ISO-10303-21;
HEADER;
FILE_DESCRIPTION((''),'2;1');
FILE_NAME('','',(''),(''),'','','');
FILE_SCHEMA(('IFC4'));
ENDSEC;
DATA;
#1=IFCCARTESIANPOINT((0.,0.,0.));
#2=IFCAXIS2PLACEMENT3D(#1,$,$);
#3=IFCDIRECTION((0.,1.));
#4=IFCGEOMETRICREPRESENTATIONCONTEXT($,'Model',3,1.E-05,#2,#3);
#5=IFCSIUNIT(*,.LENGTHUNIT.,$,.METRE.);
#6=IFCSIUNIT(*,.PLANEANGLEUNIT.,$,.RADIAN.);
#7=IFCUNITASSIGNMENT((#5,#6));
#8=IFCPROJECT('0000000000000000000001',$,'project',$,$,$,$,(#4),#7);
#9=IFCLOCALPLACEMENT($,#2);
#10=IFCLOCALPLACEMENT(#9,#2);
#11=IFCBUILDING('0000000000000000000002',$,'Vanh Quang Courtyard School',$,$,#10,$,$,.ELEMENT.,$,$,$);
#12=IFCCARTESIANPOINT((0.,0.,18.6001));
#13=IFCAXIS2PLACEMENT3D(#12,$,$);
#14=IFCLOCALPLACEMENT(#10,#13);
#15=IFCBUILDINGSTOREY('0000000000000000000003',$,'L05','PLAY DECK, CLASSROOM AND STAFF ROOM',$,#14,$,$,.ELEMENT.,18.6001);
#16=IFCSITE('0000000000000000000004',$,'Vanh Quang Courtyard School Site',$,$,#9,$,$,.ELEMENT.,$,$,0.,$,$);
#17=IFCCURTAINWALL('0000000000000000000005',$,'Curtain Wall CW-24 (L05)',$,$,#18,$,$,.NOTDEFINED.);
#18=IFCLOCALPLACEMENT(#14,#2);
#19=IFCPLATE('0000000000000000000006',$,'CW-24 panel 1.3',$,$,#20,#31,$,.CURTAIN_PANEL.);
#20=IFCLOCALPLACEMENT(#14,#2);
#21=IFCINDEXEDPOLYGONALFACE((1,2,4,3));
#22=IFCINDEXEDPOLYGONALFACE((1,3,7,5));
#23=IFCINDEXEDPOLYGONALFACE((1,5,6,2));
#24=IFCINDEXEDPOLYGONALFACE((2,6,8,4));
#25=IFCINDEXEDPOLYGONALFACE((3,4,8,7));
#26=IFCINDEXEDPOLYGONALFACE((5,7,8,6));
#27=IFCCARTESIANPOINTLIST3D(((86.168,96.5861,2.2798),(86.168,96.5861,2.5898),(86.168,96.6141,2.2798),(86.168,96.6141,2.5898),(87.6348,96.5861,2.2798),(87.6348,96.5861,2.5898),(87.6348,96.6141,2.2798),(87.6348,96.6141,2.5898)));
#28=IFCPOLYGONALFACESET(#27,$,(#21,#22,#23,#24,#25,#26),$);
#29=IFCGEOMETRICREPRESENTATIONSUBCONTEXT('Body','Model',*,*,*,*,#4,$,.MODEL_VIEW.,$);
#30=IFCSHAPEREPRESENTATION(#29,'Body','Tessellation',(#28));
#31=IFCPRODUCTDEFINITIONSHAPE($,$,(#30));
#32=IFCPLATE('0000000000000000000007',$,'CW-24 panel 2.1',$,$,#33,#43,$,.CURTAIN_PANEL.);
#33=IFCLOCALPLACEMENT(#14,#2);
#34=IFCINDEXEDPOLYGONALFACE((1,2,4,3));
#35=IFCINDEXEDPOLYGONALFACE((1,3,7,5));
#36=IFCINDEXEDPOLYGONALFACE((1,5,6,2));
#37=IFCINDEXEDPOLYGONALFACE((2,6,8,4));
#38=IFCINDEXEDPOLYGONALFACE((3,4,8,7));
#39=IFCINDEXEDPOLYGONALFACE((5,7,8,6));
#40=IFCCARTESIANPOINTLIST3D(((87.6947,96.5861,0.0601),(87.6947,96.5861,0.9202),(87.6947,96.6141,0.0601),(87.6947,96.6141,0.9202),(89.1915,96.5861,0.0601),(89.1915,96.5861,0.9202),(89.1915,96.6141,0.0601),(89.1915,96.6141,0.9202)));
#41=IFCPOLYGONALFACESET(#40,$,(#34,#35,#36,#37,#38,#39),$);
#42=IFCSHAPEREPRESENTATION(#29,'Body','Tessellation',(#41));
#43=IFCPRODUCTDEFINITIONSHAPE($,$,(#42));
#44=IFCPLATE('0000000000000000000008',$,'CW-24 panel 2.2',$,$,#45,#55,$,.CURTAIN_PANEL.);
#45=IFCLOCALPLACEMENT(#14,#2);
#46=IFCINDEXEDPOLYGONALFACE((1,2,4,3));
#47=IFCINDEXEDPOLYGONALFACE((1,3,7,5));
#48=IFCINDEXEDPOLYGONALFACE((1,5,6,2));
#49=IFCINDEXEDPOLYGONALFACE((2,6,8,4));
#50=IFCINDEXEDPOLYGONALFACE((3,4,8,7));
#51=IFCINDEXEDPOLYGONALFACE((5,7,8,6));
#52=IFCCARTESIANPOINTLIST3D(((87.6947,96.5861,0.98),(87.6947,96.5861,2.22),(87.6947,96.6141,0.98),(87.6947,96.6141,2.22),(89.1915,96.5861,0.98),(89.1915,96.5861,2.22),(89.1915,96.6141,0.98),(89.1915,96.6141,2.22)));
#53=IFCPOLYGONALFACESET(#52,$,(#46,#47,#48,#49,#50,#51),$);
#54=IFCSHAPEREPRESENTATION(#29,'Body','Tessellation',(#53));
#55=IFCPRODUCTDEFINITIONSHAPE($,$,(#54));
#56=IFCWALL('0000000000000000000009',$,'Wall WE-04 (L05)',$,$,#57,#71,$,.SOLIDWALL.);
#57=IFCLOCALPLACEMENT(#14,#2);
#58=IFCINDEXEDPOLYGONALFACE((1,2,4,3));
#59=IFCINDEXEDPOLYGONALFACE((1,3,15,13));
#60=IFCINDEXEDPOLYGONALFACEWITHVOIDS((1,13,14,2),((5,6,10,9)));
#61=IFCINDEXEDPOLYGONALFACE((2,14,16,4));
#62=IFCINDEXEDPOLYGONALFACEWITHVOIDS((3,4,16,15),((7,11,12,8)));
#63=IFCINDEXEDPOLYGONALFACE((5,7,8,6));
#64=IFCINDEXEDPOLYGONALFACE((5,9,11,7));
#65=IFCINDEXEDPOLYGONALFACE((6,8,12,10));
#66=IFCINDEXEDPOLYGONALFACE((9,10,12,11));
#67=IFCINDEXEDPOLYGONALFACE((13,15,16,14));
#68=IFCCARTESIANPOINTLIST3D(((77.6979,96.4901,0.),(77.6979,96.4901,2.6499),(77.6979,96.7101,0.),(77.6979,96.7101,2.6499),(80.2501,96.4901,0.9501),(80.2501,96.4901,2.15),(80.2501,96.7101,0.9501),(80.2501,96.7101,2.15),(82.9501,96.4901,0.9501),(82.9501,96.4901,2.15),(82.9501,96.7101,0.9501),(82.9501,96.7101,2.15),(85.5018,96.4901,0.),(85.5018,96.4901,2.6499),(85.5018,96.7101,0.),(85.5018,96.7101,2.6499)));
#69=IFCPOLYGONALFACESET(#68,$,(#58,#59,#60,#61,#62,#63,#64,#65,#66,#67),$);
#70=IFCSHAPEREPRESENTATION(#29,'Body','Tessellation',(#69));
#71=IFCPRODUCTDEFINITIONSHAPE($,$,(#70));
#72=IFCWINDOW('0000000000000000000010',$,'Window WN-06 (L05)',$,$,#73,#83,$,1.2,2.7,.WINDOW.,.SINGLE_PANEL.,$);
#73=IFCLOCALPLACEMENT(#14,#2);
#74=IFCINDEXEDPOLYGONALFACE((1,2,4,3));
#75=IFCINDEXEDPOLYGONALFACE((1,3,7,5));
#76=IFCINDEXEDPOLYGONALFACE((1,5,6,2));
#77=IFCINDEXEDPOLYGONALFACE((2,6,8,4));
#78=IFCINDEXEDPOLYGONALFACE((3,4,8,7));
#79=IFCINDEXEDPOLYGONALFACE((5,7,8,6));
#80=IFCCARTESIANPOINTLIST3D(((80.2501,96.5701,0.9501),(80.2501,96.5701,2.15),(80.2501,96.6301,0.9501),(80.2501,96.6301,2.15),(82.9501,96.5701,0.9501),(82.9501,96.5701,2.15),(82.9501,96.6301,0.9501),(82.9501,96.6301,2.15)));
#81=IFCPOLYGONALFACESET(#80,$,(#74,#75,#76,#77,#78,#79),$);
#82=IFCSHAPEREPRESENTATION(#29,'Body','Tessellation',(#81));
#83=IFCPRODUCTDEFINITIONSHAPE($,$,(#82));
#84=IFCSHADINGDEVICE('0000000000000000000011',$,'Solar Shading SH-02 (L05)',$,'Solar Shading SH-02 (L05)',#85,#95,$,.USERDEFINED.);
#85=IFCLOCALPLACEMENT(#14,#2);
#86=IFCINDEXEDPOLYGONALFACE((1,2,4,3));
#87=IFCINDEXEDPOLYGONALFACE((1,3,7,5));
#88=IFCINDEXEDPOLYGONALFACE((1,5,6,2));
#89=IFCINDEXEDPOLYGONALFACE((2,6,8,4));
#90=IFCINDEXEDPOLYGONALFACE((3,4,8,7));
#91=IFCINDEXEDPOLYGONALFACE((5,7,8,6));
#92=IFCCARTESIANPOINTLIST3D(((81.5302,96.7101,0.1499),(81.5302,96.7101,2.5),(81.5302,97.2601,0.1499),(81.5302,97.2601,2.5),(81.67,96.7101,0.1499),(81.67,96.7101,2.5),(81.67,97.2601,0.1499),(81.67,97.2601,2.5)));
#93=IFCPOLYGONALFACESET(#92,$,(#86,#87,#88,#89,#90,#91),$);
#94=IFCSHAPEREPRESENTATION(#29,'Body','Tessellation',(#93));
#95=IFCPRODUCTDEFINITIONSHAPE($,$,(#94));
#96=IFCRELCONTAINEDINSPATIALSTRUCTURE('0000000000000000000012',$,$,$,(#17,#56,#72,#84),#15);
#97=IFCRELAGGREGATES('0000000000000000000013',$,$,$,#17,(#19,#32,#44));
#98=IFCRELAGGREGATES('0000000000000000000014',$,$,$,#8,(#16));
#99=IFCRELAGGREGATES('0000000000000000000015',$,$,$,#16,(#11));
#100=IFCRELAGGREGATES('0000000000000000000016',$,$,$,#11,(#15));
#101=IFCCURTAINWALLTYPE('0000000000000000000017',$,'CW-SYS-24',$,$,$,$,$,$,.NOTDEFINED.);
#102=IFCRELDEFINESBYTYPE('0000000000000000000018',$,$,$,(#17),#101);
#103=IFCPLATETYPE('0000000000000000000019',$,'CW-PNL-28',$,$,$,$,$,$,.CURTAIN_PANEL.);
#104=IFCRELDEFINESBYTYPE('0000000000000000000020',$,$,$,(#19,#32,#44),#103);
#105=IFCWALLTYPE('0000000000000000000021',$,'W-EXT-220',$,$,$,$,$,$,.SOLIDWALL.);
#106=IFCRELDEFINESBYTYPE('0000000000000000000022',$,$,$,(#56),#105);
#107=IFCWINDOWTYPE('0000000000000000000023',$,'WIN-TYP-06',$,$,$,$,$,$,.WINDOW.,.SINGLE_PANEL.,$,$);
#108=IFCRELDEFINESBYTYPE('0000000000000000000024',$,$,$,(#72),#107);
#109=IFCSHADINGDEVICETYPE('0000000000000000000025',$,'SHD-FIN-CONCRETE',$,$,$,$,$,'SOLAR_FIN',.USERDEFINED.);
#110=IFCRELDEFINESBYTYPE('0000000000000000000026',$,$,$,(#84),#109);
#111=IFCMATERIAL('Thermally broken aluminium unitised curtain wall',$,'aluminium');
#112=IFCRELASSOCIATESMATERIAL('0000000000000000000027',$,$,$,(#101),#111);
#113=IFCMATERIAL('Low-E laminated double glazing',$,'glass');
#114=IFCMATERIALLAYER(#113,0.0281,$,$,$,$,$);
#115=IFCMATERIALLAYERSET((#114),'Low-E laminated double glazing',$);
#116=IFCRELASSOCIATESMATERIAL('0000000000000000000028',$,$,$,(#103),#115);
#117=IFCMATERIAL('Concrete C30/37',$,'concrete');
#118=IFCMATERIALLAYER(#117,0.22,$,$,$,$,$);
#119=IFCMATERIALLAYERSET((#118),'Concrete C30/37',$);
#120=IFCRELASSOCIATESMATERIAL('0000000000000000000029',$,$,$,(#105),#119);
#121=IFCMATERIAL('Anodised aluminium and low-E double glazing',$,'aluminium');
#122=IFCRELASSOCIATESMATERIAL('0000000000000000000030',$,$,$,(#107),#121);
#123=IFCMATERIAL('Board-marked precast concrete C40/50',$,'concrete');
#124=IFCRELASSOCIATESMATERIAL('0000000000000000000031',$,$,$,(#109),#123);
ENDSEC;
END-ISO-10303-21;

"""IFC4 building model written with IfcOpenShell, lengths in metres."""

from ifc_helpers import new_model, si_unit, direction, frame, frame_2d, origin, origin_2d, place, context, subcontext, project, spatial, rectangle, extrude, material, layer, layer_set, type_object, element, fill, aggregate, save


model = new_model("IFC4")

# Units and contexts
model_context = context("Model", 3, precision=1e-05, world=origin(), true_north=direction((0.0, 1.0)))
body_context = subcontext(model_context, "Body", "Model", "MODEL_VIEW")
ifc_project = project(units=[si_unit("LENGTHUNIT", "METRE"), si_unit("PLANEANGLEUNIT", "RADIAN")], contexts=[model_context])

# Site, building, storey
site_placement = place(None, origin())
site = spatial("IfcSite", under=ifc_project, at=site_placement, Name="Vanh Quang Courtyard School Site", CompositionType="ELEMENT", RefElevation=0.0)
building_placement = place(site_placement, origin())
building = spatial("IfcBuilding", under=site, at=building_placement, Name="Vanh Quang Courtyard School", CompositionType="ELEMENT")
storey_placement = place(building_placement, frame((0.0, 0.0, 18.6001)))
storey = spatial("IfcBuildingStorey", under=building, at=storey_placement, Name="L05", Description="PLAY DECK, CLASSROOM AND STAFF ROOM", CompositionType="ELEMENT", Elevation=18.6001)

# Curtain wall, plates
ifc_material_1 = material(Name="Thermally broken aluminium unitised curtain wall", Category="aluminium")
curtain_wall_type = type_object("IfcCurtainWallType", Name="CW-SYS-24", PredefinedType="NOTDEFINED", material=ifc_material_1)
curtain_wall_placement = place(storey_placement, origin())
curtain_wall = element("IfcCurtainWall", 1, at=curtain_wall_placement, inside=storey, type_object=curtain_wall_type, Name="Curtain Wall CW-24 (L05)", PredefinedType="NOTDEFINED")
ifc_material_2 = material(Name="Low-E laminated double glazing", Category="glass")
ifc_layer_1 = layer(ifc_material_2, 0.0281)
ifc_layer_set_1 = layer_set([ifc_layer_1], Name="Low-E laminated double glazing")
plate_type = type_object("IfcPlateType", Name="CW-PNL-28", PredefinedType="CURTAIN_PANEL", material=ifc_layer_set_1)
plate_1_placement = place(storey_placement, frame((86.9014, 96.6001, 2.2798), z_axis=(0.0, 0.0, 1.0), x_axis=(1.0, 0.0, 0.0)))
plate_1 = element("IfcPlate", 2, at=plate_1_placement, type_object=plate_type, Name="CW-24 panel 1.3", PredefinedType="CURTAIN_PANEL", context=body_context, shape_type="SweptSolid", body=[
    extrude(rectangle(XDim=1.4668, YDim=0.0281, at=origin_2d()), origin(), (0.0, 0.0, 1.0), 0.3101),
])
plate_2_placement = place(storey_placement, frame((88.4431, 96.6001, 0.0601), z_axis=(0.0, 0.0, 1.0), x_axis=(1.0, 0.0, 0.0)))
plate_2 = element("IfcPlate", 3, at=plate_2_placement, type_object=plate_type, Name="CW-24 panel 2.1", PredefinedType="CURTAIN_PANEL", context=body_context, shape_type="SweptSolid", body=[
    extrude(rectangle(XDim=1.4968, YDim=0.0281, at=origin_2d()), origin(), (0.0, 0.0, 1.0), 0.8601),
])
plate_3_placement = place(storey_placement, frame((88.4431, 96.6001, 0.98), z_axis=(0.0, 0.0, 1.0), x_axis=(1.0, 0.0, 0.0)))
plate_3 = element("IfcPlate", 4, at=plate_3_placement, type_object=plate_type, Name="CW-24 panel 2.2", PredefinedType="CURTAIN_PANEL", context=body_context, shape_type="SweptSolid", body=[
    extrude(rectangle(XDim=1.4968, YDim=0.0281, at=origin_2d()), origin(), (0.0, 0.0, 1.0), 1.24),
])
aggregate(curtain_wall, [plate_1, plate_2, plate_3])

# Wall, opening, window
ifc_material_3 = material(Name="Concrete C30/37", Category="concrete")
ifc_layer_2 = layer(ifc_material_3, 0.22)
ifc_layer_set_2 = layer_set([ifc_layer_2], Name="Concrete C30/37")
wall_type = type_object("IfcWallType", Name="W-EXT-220", PredefinedType="SOLIDWALL", material=ifc_layer_set_2)
wall_placement = place(storey_placement, frame((77.698, 96.6001, 0.0), z_axis=(0.0, 0.0, 1.0), x_axis=(1.0, 0.0, 0.0)))
wall = element("IfcWall", 5, at=wall_placement, inside=storey, type_object=wall_type, Name="Wall WE-04 (L05)", PredefinedType="SOLIDWALL", context=body_context, shape_type="SweptSolid", body=[
    extrude(rectangle(XDim=7.804, YDim=0.22, at=frame_2d((3.9019, 0.0))), origin(), (0.0, 0.0, 1.0), 2.6499),
])
opening_placement = place(wall_placement, frame((2.552, 0.0, 0.95)))
opening = element("IfcOpeningElement", 6, at=opening_placement, cuts=wall, PredefinedType="OPENING", context=body_context, shape_type="SweptSolid", body=[
    extrude(rectangle(XDim=2.7, YDim=1.2, at=frame_2d((1.3501, 0.6001))), frame((0.0, 0.1201, 0.0), z_axis=(0.0, -1.0, 0.0), x_axis=(1.0, 0.0, 0.0)), (0.0, 0.0, 1.0), 0.24),
])
ifc_material_4 = material(Name="Anodised aluminium and low-E double glazing", Category="aluminium")
window_type = type_object("IfcWindowType", Name="WIN-TYP-06", PartitioningType="SINGLE_PANEL", PredefinedType="WINDOW", material=ifc_material_4)
window_placement = place(opening_placement, origin())
window = element("IfcWindow", 7, at=window_placement, inside=storey, type_object=window_type, Name="Window WN-06 (L05)", OverallHeight=1.2, OverallWidth=2.7, PartitioningType="SINGLE_PANEL", PredefinedType="WINDOW", context=body_context, shape_type="SweptSolid", body=[
    extrude(rectangle(XDim=2.7, YDim=1.2, at=frame_2d((1.3501, 0.6001))), frame((0.0, 0.03, 0.0), z_axis=(0.0, -1.0, 0.0), x_axis=(1.0, 0.0, 0.0)), (0.0, 0.0, 1.0), 0.0601),
])
fill(opening, window)

# Shading device
ifc_material_5 = material(Name="Board-marked precast concrete C40/50", Category="concrete")
shading_device_type = type_object("IfcShadingDeviceType", Name="SHD-FIN-CONCRETE", ElementType="SOLAR_FIN", PredefinedType="USERDEFINED", material=ifc_material_5)
shading_device_placement = place(storey_placement, frame((81.6001, 96.9851, 0.1499), z_axis=(0.0, 0.0, 1.0), x_axis=(1.0, 0.0, 0.0)))
element("IfcShadingDevice", 8, at=shading_device_placement, inside=storey, type_object=shading_device_type, Name="Solar Shading SH-02 (L05)", ObjectType="Solar Shading SH-02 (L05)", PredefinedType="USERDEFINED", context=body_context, shape_type="SweptSolid", body=[
    extrude(rectangle(XDim=0.1399, YDim=0.55, at=origin_2d()), origin(), (0.0, 0.0, 1.0), 2.3501),
])

save(model, "model.ifc")
